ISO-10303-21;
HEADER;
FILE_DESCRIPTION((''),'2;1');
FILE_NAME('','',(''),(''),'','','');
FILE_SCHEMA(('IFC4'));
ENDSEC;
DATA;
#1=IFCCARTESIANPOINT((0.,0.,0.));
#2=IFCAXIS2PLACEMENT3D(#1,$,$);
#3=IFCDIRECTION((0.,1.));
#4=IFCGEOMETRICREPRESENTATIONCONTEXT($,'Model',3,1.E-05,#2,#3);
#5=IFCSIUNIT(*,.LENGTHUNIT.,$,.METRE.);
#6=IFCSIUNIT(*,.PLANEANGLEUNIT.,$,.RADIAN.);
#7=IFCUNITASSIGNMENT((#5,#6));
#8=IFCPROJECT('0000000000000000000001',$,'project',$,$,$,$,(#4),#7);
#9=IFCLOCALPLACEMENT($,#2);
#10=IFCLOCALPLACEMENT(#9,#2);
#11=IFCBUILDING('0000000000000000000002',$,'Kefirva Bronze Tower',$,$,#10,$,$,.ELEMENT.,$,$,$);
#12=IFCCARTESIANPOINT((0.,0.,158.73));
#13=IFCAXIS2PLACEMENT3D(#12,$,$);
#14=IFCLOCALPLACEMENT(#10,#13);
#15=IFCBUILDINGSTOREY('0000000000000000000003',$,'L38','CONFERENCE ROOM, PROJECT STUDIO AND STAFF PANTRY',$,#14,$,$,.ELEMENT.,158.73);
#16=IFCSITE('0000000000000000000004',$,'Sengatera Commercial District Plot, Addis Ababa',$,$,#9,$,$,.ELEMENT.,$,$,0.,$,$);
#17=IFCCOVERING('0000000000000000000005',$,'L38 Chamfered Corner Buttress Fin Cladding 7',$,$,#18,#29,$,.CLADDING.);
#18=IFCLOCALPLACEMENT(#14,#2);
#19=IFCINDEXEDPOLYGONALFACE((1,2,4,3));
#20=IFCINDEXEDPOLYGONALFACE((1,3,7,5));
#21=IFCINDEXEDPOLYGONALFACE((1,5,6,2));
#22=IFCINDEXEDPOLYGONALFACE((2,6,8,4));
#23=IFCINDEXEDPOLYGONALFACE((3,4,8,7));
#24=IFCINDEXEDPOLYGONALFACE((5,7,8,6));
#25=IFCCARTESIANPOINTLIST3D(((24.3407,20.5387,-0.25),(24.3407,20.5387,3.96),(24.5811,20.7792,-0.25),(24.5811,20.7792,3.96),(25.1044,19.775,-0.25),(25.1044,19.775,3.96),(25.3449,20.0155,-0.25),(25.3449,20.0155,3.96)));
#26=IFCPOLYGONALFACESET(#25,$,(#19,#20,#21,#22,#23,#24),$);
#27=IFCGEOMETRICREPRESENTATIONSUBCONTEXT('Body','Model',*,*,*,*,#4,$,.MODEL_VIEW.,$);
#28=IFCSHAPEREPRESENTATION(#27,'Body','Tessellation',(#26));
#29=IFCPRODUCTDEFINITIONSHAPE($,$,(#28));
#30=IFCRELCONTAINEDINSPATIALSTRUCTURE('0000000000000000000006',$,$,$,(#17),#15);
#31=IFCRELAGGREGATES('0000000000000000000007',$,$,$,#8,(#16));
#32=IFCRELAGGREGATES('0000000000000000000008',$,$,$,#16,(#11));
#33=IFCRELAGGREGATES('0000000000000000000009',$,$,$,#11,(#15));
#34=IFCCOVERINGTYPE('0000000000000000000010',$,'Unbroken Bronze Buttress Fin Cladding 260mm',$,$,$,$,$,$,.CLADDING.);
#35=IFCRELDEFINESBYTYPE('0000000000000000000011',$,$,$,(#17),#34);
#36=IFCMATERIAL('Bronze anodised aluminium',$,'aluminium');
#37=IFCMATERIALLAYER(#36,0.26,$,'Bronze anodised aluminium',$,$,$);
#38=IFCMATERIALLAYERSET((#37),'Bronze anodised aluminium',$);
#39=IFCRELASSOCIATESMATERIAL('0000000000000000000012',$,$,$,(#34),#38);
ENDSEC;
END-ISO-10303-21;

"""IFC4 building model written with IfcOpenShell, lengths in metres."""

from ifc_helpers import new_model, si_unit, direction, frame, origin, origin_2d, place, context, subcontext, project, spatial, rectangle, extrude, material, layer, layer_set, type_object, element, save


model = new_model("IFC4")

# Units and contexts
model_context = context("Model", 3, precision=1e-05, world=origin(), true_north=direction((0.0, 1.0)))
body_context = subcontext(model_context, "Body", "Model", "MODEL_VIEW")
ifc_project = project(units=[si_unit("LENGTHUNIT", "METRE"), si_unit("PLANEANGLEUNIT", "RADIAN")], contexts=[model_context])

# Site, building, storey
site_placement = place(None, origin())
site = spatial("IfcSite", under=ifc_project, at=site_placement, Name="Sengatera Commercial District Plot, Addis Ababa", CompositionType="ELEMENT", RefElevation=0.0)
building_placement = place(site_placement, origin())
building = spatial("IfcBuilding", under=site, at=building_placement, Name="Kefirva Bronze Tower", CompositionType="ELEMENT")
storey_placement = place(building_placement, frame((0.0, 0.0, 158.73)))
storey = spatial("IfcBuildingStorey", under=building, at=storey_placement, Name="L38", Description="CONFERENCE ROOM, PROJECT STUDIO AND STAFF PANTRY", CompositionType="ELEMENT", Elevation=158.73)

# Shared definitions
ifc_material_1 = material(Name="Bronze anodised aluminium", Category="aluminium")

# Covering
ifc_layer_1 = layer(ifc_material_1, 0.26, Name="Bronze anodised aluminium")
ifc_layer_set_1 = layer_set([ifc_layer_1], Name="Bronze anodised aluminium")
covering_type_1 = type_object("IfcCoveringType", Name="Unbroken Bronze Buttress Fin Cladding 260mm", PredefinedType="CLADDING", material=ifc_layer_set_1)
covering_1_placement = place(storey_placement, frame((24.8428, 20.2771, -0.25), z_axis=(0.0, 0.0, 1.0), x_axis=(0.707107, 0.707107, 0.0)))
element("IfcCovering", 1, at=covering_1_placement, inside=storey, type_object=covering_type_1, Name="L38 Chamfered Corner Buttress Fin Cladding 7", PredefinedType="CLADDING", context=body_context, shape_type="SweptSolid", body=[
    extrude(rectangle(XDim=0.3401, YDim=1.0801, at=origin_2d()), origin(), (0.0, 0.0, 1.0), 4.21),
])

save(model, "model.ifc")
